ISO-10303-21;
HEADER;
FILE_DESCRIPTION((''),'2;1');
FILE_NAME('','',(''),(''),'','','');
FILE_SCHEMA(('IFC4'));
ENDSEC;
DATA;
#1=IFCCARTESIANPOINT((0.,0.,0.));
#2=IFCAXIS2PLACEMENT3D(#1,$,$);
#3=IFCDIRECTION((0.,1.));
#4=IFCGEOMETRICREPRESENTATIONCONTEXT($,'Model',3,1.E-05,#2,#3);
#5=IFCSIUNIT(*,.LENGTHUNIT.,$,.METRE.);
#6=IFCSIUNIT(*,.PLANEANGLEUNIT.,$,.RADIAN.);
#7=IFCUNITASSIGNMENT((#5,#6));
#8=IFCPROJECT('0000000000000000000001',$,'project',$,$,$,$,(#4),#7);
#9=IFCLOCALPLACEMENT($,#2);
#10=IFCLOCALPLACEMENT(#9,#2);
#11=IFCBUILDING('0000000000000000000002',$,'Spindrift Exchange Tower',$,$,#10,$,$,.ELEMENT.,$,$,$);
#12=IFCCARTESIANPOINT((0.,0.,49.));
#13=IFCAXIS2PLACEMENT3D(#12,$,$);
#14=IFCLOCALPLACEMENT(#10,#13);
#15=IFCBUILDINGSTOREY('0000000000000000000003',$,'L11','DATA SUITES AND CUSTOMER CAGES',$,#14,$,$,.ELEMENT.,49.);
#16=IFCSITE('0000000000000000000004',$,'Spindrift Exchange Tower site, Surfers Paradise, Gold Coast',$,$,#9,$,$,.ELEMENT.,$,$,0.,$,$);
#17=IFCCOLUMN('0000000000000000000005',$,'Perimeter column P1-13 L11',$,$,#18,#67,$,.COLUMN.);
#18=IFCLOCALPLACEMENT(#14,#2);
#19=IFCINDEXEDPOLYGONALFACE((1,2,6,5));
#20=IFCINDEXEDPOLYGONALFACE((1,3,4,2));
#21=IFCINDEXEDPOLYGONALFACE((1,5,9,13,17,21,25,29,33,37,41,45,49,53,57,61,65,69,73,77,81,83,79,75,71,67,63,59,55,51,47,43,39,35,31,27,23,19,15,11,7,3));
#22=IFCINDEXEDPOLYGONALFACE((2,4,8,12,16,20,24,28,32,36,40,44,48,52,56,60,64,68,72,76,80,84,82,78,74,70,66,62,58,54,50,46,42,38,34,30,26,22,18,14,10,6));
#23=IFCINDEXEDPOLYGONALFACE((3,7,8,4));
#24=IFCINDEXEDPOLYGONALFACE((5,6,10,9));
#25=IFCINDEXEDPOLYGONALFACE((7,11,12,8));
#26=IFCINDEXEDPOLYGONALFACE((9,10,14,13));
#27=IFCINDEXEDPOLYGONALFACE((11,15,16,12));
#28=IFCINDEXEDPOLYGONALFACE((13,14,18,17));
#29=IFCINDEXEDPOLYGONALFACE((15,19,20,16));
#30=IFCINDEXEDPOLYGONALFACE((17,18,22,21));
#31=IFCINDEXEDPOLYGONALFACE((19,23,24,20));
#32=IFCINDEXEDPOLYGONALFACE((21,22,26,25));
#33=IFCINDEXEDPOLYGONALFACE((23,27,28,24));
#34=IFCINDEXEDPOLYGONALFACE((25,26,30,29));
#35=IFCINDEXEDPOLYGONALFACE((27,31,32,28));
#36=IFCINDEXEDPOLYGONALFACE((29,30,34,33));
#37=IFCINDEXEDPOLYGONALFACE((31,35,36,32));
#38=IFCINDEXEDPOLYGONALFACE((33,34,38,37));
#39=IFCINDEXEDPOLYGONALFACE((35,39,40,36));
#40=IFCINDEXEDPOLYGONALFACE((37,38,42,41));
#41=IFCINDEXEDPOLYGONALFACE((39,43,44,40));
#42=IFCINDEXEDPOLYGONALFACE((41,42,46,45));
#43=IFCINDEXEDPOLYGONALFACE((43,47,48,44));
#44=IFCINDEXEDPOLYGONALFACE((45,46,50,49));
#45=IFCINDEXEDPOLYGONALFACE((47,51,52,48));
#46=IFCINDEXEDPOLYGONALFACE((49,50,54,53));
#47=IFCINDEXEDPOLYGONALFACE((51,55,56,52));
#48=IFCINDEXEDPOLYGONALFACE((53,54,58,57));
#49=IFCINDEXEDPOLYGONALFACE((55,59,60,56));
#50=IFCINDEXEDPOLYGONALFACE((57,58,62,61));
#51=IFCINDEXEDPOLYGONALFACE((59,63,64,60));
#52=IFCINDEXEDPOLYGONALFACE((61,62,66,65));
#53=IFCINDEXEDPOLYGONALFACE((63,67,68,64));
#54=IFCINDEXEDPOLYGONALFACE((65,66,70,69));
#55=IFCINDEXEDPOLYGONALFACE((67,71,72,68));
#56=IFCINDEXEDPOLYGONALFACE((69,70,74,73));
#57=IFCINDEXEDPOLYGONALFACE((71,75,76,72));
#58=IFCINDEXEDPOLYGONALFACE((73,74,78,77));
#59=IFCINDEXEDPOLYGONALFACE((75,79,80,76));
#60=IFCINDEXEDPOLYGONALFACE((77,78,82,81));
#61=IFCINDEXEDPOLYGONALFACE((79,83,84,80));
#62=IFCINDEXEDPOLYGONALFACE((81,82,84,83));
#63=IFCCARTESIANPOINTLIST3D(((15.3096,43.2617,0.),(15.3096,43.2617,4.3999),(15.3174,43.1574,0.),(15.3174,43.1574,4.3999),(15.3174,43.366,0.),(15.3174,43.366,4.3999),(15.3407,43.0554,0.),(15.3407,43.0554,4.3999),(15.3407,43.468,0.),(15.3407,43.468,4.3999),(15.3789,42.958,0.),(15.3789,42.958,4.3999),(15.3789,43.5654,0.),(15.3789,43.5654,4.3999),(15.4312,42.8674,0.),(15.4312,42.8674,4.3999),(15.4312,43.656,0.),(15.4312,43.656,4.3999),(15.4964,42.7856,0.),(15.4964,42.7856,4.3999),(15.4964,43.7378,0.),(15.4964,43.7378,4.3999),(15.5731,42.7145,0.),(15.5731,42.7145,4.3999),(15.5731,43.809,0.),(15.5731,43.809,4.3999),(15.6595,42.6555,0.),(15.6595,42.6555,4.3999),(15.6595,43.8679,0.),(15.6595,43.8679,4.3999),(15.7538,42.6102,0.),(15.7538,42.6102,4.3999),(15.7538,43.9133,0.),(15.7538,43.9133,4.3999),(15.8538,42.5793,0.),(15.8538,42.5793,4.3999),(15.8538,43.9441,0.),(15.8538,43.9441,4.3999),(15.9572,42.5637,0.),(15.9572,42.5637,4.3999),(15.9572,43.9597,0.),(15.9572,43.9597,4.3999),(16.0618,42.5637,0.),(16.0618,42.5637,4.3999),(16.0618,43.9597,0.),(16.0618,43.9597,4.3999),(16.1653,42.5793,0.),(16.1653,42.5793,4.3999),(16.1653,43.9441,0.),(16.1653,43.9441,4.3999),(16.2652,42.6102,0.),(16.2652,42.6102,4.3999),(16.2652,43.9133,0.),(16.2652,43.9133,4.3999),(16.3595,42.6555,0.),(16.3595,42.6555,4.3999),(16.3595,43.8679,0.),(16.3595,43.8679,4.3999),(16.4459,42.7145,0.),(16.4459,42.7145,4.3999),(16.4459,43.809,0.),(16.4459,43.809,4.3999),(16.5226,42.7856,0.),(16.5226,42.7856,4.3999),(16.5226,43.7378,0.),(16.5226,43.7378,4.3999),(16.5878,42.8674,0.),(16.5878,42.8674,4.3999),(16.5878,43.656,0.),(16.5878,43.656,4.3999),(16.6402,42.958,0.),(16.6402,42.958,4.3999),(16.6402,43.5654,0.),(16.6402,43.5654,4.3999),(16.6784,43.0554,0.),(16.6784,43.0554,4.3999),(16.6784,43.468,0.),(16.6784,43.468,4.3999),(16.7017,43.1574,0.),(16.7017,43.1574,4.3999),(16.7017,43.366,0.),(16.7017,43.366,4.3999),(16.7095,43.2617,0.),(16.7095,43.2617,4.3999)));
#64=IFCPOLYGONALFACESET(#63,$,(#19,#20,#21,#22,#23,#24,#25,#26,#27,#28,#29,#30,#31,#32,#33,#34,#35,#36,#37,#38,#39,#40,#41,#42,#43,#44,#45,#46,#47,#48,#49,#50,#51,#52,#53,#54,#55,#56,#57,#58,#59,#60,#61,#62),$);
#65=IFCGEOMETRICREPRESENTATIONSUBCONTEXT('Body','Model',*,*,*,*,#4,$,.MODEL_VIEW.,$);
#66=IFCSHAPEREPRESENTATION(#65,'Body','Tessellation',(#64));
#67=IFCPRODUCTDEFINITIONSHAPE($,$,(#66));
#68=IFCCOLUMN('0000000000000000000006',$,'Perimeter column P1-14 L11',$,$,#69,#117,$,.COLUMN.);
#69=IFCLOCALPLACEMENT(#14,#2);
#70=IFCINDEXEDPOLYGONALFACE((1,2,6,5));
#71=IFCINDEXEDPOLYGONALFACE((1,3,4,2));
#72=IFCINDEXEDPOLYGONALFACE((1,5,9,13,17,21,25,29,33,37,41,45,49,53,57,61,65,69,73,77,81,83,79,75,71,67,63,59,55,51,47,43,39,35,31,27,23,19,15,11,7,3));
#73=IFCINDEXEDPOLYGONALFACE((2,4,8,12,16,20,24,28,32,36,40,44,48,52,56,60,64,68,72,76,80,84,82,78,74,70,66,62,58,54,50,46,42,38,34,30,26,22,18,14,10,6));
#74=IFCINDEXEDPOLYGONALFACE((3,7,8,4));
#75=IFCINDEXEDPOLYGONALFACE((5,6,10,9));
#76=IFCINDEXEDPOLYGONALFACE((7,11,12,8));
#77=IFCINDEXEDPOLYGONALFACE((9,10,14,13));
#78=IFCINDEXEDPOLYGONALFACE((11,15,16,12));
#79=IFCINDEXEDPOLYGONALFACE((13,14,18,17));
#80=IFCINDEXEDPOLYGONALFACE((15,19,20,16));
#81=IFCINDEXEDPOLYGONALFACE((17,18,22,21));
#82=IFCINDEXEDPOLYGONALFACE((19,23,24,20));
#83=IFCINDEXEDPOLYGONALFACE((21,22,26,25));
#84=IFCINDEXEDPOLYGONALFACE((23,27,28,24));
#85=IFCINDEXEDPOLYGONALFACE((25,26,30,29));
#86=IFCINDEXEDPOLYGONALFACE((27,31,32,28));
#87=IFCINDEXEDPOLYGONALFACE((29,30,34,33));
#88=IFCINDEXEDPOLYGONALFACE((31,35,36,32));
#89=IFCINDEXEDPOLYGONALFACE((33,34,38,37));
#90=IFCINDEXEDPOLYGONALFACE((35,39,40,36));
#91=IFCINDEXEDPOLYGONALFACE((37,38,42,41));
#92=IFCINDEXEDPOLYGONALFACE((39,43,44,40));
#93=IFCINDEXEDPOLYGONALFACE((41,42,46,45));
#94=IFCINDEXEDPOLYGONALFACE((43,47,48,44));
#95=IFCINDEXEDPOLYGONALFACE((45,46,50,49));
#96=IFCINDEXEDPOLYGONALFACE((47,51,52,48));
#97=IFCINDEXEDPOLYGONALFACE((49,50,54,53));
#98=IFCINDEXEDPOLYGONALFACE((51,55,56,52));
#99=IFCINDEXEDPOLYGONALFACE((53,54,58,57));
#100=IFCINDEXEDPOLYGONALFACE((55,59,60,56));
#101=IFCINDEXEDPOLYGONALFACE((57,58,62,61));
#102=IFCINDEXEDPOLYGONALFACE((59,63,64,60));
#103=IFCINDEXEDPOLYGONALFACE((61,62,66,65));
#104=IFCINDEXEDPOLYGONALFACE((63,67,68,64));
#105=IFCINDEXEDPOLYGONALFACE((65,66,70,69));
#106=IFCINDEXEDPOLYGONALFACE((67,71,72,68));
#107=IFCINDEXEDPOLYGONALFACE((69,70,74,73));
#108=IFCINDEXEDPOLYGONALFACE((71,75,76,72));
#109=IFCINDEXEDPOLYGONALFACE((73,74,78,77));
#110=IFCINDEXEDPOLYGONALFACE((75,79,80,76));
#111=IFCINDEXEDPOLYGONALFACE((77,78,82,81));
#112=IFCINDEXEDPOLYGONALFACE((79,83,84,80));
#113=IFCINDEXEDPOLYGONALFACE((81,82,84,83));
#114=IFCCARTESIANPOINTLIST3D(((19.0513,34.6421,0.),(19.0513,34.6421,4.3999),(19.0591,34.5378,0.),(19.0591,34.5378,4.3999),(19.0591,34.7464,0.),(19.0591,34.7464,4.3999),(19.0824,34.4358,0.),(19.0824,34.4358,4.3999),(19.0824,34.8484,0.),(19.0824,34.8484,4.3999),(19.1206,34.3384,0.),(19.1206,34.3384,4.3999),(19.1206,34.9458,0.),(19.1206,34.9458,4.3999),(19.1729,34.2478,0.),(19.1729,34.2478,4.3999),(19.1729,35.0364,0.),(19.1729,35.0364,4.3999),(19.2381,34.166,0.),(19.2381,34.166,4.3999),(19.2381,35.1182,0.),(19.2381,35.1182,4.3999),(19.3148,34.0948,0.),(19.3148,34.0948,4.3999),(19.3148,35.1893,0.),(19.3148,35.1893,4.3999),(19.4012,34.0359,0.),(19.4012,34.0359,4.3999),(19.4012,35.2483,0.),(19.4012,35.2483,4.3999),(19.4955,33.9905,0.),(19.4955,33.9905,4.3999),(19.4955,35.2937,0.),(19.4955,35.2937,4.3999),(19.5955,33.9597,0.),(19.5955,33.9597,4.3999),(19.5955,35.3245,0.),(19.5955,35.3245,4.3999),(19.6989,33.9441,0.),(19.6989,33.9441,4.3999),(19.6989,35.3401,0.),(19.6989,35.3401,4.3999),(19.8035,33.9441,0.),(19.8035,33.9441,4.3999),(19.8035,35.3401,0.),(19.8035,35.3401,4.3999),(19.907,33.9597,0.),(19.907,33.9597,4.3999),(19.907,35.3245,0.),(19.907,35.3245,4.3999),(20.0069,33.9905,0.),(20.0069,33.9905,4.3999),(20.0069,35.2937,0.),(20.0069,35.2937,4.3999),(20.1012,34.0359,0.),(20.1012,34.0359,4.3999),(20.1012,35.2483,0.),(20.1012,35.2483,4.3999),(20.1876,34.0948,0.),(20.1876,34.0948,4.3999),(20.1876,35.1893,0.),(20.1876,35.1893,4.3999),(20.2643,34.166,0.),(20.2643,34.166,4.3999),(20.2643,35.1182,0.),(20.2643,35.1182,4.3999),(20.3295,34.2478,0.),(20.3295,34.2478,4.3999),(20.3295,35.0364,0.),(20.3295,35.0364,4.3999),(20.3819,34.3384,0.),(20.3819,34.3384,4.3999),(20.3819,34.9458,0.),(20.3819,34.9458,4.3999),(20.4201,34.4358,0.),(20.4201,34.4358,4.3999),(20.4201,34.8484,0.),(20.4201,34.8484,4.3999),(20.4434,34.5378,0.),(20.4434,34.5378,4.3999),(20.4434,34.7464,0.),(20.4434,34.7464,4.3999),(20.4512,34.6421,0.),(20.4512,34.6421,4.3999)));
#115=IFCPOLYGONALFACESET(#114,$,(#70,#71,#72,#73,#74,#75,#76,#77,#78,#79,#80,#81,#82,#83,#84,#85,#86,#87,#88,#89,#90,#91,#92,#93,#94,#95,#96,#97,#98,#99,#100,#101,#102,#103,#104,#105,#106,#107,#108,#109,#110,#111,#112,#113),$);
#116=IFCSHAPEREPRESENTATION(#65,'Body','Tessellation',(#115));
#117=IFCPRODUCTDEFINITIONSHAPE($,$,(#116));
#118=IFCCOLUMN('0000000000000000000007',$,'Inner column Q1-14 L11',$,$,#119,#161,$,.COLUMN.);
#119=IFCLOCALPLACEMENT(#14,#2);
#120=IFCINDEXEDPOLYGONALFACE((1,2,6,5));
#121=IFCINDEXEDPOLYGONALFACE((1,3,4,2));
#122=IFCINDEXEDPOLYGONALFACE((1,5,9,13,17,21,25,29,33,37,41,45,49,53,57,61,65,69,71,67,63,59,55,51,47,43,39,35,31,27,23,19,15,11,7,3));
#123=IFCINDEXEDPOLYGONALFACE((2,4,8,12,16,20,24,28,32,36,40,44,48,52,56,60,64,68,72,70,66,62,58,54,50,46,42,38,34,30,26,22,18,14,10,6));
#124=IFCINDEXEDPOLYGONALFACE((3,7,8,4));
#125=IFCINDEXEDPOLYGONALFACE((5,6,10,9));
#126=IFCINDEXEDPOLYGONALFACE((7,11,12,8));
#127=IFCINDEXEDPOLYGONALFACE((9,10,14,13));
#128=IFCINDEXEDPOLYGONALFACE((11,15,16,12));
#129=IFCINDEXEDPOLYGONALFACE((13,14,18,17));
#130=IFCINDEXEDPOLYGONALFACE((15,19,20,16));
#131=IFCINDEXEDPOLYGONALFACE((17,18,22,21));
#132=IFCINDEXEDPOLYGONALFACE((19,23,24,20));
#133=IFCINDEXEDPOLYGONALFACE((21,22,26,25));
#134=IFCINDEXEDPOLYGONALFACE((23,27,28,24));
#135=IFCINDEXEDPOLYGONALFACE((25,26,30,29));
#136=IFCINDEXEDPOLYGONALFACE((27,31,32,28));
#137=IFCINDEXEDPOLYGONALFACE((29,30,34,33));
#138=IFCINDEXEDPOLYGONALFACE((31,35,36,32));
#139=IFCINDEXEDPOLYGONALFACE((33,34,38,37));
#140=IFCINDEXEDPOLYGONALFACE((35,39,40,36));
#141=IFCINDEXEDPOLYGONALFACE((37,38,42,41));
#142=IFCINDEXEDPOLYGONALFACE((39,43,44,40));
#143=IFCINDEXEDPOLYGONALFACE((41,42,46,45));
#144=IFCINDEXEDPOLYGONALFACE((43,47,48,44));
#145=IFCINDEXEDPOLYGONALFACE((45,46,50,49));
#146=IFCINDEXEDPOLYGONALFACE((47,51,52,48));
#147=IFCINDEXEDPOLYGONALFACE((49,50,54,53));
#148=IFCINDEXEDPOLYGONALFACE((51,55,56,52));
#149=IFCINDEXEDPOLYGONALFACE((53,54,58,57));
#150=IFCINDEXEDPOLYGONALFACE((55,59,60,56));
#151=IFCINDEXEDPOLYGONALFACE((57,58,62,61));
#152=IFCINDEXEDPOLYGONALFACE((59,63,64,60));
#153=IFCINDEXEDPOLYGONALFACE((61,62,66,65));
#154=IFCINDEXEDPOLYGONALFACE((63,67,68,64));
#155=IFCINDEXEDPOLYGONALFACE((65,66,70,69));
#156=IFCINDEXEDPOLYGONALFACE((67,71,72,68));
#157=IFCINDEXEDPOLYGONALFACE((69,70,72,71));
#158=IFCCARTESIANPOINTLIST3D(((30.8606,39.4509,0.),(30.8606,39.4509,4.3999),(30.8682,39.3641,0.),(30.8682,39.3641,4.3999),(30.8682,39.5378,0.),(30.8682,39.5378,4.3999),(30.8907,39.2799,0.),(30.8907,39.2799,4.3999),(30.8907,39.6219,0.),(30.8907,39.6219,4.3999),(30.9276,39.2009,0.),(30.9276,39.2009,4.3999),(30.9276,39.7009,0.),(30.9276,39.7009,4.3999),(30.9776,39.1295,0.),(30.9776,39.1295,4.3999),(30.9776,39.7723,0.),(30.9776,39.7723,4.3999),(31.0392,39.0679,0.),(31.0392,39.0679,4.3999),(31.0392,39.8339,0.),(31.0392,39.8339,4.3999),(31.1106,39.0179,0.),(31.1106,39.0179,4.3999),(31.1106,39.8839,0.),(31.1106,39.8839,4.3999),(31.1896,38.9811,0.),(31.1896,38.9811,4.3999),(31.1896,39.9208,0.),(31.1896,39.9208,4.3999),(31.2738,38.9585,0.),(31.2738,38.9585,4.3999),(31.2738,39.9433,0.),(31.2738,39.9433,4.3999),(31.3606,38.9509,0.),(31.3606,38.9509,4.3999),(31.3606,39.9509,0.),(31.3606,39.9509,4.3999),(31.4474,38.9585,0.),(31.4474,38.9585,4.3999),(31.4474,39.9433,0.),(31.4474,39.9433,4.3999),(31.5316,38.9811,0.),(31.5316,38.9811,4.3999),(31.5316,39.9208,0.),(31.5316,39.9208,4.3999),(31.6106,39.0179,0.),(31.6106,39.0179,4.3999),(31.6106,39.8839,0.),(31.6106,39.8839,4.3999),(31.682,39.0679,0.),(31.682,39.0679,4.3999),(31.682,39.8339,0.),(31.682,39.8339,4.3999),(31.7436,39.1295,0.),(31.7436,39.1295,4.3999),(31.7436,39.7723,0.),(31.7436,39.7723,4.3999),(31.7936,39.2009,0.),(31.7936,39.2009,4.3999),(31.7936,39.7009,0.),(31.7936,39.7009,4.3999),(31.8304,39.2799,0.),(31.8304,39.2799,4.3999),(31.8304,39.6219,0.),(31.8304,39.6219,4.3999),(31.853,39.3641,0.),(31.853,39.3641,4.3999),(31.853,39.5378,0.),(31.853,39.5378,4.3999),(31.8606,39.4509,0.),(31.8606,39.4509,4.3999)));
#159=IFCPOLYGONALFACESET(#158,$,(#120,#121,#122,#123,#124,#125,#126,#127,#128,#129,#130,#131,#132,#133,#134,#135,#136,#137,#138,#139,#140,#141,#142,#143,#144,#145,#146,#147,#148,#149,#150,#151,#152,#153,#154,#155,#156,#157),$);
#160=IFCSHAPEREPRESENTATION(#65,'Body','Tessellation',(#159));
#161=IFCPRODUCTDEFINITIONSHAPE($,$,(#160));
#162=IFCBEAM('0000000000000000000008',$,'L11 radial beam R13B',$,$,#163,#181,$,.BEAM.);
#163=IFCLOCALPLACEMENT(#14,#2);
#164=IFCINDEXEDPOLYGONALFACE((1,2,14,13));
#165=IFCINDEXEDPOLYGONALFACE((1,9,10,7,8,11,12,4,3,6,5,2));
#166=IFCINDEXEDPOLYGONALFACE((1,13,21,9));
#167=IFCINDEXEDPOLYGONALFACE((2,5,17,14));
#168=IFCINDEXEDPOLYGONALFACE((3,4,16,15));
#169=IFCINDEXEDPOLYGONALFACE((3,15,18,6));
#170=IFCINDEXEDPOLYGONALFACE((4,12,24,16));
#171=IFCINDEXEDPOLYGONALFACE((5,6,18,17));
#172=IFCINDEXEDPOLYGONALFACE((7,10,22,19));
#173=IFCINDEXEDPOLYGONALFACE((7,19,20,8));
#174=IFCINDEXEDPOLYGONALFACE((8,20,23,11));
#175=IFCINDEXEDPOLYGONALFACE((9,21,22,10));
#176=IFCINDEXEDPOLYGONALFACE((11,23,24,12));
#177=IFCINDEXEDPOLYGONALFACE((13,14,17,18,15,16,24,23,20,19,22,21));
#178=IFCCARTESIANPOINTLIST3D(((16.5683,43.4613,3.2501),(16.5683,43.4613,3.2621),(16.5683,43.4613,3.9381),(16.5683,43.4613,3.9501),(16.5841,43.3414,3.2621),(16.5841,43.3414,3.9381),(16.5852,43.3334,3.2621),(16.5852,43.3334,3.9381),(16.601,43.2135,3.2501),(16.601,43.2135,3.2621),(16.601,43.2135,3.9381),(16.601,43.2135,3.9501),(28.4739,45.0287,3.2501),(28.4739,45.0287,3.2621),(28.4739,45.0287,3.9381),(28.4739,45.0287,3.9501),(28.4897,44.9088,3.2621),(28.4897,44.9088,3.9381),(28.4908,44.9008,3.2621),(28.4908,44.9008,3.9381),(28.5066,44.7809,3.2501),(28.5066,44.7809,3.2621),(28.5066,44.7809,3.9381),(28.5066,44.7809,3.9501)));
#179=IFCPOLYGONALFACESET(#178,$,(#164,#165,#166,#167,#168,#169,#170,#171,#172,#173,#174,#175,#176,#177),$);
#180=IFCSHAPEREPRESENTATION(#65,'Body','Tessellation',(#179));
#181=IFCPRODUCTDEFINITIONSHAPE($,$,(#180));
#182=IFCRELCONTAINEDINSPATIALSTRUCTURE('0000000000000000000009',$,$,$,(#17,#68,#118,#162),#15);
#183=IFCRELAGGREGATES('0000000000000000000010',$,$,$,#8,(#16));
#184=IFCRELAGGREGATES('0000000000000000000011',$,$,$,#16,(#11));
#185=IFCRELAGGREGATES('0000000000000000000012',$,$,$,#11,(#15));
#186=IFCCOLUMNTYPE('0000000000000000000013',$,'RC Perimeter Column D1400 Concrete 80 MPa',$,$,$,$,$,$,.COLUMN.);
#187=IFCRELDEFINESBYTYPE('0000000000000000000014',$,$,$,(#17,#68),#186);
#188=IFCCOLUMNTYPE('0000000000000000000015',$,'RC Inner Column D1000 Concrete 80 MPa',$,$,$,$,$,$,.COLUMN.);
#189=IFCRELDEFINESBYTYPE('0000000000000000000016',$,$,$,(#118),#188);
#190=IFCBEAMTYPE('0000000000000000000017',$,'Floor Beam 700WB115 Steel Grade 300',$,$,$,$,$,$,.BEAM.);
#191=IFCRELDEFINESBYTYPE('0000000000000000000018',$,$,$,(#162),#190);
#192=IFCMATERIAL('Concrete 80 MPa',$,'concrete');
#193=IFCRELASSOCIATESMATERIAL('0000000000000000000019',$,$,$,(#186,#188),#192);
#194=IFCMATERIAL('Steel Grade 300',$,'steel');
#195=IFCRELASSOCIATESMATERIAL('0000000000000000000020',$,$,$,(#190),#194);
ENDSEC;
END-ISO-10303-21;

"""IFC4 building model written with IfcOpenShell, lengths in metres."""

from ifc_helpers import new_model, si_unit, direction, frame, origin, origin_2d, place, context, subcontext, project, spatial, circle, i_section, extrude, source, transform, mapped, material, material_profile, profile_set, type_object, element, save


model = new_model("IFC4")

# Units and contexts
model_context = context("Model", 3, precision=1e-05, world=origin(), true_north=direction((0.0, 1.0)))
body_context = subcontext(model_context, "Body", "Model", "MODEL_VIEW")
ifc_project = project(units=[si_unit("LENGTHUNIT", "METRE"), si_unit("PLANEANGLEUNIT", "RADIAN")], contexts=[model_context])

# Site, building, storey
site_placement = place(None, origin())
site = spatial("IfcSite", under=ifc_project, at=site_placement, Name="Spindrift Exchange Tower site, Surfers Paradise, Gold Coast", CompositionType="ELEMENT", RefElevation=0.0)
building_placement = place(site_placement, origin())
building = spatial("IfcBuilding", under=site, at=building_placement, Name="Spindrift Exchange Tower", CompositionType="ELEMENT")
storey_placement = place(building_placement, frame((0.0, 0.0, 49.0)))
storey = spatial("IfcBuildingStorey", under=building, at=storey_placement, Name="L11", Description="DATA SUITES AND CUSTOMER CAGES", CompositionType="ELEMENT", Elevation=49.0)

# Columns
ifc_material_1 = material(Name="Concrete 80 MPa", Category="concrete")
ifc_material_profile_1 = material_profile(ifc_material_1, circle(Radius=0.7, at=origin_2d()), Name="RC D1400")
ifc_profile_set_1 = profile_set([ifc_material_profile_1], Name="Concrete 80 MPa")
column_type_1 = type_object("IfcColumnType", Name="RC Perimeter Column D1400 Concrete 80 MPa", PredefinedType="COLUMN", material=ifc_profile_set_1)
shared_shape_1 = source(origin(), body_context, "Body", "SweptSolid", [
    extrude(circle(Radius=0.7, at=origin_2d()), origin(), (0.0, 0.0, 1.0), 4.3999),
])
for number, where, z_axis, x_axis, name in (
    (1, (16.0095, 43.2617, 0.0), (0.0, 0.0, 1.0), (1.0, 0.0, 0.0), "Perimeter column P1-13 L11"),
    (2, (19.7512, 34.6421, 0.0), (0.0, 0.0, 1.0), (1.0, 0.0, 0.0), "Perimeter column P1-14 L11"),
):
    element("IfcColumn", number, at=place(storey_placement, frame(where, z_axis=z_axis, x_axis=x_axis)), inside=storey, type_object=column_type_1, Name=name, PredefinedType="COLUMN", context=body_context, shape_type="MappedRepresentation", body=[
        mapped(shared_shape_1, transform((0.0, 0.0, 0.0), scale=1.0)),
    ])
ifc_material_profile_2 = material_profile(ifc_material_1, circle(Radius=0.5, at=origin_2d()), Name="RC D1000")
ifc_profile_set_2 = profile_set([ifc_material_profile_2], Name="Concrete 80 MPa")
column_type_2 = type_object("IfcColumnType", Name="RC Inner Column D1000 Concrete 80 MPa", PredefinedType="COLUMN", material=ifc_profile_set_2)
shared_shape_2 = source(origin(), body_context, "Body", "SweptSolid", [
    extrude(circle(Radius=0.5, at=origin_2d()), origin(), (0.0, 0.0, 1.0), 4.3999),
])
column_placement = place(storey_placement, frame((31.3606, 39.4509, 0.0), z_axis=(0.0, 0.0, 1.0), x_axis=(1.0, 0.0, 0.0)))
element("IfcColumn", 3, at=column_placement, inside=storey, type_object=column_type_2, Name="Inner column Q1-14 L11", PredefinedType="COLUMN", context=body_context, shape_type="MappedRepresentation", body=[
    mapped(shared_shape_2, transform((0.0, 0.0, 0.0), scale=1.0)),
])

# Beam
ifc_material_2 = material(Name="Steel Grade 300", Category="steel")
ifc_material_profile_3 = material_profile(ifc_material_2, i_section(OverallWidth=0.25, OverallDepth=0.7, WebThickness=0.0081, FlangeThickness=0.012, at=origin_2d()), Name="700WB115")
ifc_profile_set_3 = profile_set([ifc_material_profile_3], Name="Steel Grade 300")
beam_type_1 = type_object("IfcBeamType", Name="Floor Beam 700WB115 Steel Grade 300", PredefinedType="BEAM", material=ifc_profile_set_3)
shared_shape_3 = source(origin(), body_context, "Body", "SweptSolid", [
    extrude(i_section(OverallWidth=0.25, OverallDepth=0.7, WebThickness=0.0081, FlangeThickness=0.012, at=origin_2d()), origin(), (0.0, 0.0, 1.0), 12.0083),
])
beam_1_placement = place(storey_placement, frame((28.4902, 44.9048, 3.6001), z_axis=(-0.991445, -0.130526, 0.0), x_axis=(0.130526, -0.991445, 0.0)))
element("IfcBeam", 4, at=beam_1_placement, inside=storey, type_object=beam_type_1, Name="L11 radial beam R13B", PredefinedType="BEAM", context=body_context, shape_type="MappedRepresentation", body=[
    mapped(shared_shape_3, transform((0.0, 0.0, 0.0), scale=1.0)),
])

save(model, "model.ifc")
